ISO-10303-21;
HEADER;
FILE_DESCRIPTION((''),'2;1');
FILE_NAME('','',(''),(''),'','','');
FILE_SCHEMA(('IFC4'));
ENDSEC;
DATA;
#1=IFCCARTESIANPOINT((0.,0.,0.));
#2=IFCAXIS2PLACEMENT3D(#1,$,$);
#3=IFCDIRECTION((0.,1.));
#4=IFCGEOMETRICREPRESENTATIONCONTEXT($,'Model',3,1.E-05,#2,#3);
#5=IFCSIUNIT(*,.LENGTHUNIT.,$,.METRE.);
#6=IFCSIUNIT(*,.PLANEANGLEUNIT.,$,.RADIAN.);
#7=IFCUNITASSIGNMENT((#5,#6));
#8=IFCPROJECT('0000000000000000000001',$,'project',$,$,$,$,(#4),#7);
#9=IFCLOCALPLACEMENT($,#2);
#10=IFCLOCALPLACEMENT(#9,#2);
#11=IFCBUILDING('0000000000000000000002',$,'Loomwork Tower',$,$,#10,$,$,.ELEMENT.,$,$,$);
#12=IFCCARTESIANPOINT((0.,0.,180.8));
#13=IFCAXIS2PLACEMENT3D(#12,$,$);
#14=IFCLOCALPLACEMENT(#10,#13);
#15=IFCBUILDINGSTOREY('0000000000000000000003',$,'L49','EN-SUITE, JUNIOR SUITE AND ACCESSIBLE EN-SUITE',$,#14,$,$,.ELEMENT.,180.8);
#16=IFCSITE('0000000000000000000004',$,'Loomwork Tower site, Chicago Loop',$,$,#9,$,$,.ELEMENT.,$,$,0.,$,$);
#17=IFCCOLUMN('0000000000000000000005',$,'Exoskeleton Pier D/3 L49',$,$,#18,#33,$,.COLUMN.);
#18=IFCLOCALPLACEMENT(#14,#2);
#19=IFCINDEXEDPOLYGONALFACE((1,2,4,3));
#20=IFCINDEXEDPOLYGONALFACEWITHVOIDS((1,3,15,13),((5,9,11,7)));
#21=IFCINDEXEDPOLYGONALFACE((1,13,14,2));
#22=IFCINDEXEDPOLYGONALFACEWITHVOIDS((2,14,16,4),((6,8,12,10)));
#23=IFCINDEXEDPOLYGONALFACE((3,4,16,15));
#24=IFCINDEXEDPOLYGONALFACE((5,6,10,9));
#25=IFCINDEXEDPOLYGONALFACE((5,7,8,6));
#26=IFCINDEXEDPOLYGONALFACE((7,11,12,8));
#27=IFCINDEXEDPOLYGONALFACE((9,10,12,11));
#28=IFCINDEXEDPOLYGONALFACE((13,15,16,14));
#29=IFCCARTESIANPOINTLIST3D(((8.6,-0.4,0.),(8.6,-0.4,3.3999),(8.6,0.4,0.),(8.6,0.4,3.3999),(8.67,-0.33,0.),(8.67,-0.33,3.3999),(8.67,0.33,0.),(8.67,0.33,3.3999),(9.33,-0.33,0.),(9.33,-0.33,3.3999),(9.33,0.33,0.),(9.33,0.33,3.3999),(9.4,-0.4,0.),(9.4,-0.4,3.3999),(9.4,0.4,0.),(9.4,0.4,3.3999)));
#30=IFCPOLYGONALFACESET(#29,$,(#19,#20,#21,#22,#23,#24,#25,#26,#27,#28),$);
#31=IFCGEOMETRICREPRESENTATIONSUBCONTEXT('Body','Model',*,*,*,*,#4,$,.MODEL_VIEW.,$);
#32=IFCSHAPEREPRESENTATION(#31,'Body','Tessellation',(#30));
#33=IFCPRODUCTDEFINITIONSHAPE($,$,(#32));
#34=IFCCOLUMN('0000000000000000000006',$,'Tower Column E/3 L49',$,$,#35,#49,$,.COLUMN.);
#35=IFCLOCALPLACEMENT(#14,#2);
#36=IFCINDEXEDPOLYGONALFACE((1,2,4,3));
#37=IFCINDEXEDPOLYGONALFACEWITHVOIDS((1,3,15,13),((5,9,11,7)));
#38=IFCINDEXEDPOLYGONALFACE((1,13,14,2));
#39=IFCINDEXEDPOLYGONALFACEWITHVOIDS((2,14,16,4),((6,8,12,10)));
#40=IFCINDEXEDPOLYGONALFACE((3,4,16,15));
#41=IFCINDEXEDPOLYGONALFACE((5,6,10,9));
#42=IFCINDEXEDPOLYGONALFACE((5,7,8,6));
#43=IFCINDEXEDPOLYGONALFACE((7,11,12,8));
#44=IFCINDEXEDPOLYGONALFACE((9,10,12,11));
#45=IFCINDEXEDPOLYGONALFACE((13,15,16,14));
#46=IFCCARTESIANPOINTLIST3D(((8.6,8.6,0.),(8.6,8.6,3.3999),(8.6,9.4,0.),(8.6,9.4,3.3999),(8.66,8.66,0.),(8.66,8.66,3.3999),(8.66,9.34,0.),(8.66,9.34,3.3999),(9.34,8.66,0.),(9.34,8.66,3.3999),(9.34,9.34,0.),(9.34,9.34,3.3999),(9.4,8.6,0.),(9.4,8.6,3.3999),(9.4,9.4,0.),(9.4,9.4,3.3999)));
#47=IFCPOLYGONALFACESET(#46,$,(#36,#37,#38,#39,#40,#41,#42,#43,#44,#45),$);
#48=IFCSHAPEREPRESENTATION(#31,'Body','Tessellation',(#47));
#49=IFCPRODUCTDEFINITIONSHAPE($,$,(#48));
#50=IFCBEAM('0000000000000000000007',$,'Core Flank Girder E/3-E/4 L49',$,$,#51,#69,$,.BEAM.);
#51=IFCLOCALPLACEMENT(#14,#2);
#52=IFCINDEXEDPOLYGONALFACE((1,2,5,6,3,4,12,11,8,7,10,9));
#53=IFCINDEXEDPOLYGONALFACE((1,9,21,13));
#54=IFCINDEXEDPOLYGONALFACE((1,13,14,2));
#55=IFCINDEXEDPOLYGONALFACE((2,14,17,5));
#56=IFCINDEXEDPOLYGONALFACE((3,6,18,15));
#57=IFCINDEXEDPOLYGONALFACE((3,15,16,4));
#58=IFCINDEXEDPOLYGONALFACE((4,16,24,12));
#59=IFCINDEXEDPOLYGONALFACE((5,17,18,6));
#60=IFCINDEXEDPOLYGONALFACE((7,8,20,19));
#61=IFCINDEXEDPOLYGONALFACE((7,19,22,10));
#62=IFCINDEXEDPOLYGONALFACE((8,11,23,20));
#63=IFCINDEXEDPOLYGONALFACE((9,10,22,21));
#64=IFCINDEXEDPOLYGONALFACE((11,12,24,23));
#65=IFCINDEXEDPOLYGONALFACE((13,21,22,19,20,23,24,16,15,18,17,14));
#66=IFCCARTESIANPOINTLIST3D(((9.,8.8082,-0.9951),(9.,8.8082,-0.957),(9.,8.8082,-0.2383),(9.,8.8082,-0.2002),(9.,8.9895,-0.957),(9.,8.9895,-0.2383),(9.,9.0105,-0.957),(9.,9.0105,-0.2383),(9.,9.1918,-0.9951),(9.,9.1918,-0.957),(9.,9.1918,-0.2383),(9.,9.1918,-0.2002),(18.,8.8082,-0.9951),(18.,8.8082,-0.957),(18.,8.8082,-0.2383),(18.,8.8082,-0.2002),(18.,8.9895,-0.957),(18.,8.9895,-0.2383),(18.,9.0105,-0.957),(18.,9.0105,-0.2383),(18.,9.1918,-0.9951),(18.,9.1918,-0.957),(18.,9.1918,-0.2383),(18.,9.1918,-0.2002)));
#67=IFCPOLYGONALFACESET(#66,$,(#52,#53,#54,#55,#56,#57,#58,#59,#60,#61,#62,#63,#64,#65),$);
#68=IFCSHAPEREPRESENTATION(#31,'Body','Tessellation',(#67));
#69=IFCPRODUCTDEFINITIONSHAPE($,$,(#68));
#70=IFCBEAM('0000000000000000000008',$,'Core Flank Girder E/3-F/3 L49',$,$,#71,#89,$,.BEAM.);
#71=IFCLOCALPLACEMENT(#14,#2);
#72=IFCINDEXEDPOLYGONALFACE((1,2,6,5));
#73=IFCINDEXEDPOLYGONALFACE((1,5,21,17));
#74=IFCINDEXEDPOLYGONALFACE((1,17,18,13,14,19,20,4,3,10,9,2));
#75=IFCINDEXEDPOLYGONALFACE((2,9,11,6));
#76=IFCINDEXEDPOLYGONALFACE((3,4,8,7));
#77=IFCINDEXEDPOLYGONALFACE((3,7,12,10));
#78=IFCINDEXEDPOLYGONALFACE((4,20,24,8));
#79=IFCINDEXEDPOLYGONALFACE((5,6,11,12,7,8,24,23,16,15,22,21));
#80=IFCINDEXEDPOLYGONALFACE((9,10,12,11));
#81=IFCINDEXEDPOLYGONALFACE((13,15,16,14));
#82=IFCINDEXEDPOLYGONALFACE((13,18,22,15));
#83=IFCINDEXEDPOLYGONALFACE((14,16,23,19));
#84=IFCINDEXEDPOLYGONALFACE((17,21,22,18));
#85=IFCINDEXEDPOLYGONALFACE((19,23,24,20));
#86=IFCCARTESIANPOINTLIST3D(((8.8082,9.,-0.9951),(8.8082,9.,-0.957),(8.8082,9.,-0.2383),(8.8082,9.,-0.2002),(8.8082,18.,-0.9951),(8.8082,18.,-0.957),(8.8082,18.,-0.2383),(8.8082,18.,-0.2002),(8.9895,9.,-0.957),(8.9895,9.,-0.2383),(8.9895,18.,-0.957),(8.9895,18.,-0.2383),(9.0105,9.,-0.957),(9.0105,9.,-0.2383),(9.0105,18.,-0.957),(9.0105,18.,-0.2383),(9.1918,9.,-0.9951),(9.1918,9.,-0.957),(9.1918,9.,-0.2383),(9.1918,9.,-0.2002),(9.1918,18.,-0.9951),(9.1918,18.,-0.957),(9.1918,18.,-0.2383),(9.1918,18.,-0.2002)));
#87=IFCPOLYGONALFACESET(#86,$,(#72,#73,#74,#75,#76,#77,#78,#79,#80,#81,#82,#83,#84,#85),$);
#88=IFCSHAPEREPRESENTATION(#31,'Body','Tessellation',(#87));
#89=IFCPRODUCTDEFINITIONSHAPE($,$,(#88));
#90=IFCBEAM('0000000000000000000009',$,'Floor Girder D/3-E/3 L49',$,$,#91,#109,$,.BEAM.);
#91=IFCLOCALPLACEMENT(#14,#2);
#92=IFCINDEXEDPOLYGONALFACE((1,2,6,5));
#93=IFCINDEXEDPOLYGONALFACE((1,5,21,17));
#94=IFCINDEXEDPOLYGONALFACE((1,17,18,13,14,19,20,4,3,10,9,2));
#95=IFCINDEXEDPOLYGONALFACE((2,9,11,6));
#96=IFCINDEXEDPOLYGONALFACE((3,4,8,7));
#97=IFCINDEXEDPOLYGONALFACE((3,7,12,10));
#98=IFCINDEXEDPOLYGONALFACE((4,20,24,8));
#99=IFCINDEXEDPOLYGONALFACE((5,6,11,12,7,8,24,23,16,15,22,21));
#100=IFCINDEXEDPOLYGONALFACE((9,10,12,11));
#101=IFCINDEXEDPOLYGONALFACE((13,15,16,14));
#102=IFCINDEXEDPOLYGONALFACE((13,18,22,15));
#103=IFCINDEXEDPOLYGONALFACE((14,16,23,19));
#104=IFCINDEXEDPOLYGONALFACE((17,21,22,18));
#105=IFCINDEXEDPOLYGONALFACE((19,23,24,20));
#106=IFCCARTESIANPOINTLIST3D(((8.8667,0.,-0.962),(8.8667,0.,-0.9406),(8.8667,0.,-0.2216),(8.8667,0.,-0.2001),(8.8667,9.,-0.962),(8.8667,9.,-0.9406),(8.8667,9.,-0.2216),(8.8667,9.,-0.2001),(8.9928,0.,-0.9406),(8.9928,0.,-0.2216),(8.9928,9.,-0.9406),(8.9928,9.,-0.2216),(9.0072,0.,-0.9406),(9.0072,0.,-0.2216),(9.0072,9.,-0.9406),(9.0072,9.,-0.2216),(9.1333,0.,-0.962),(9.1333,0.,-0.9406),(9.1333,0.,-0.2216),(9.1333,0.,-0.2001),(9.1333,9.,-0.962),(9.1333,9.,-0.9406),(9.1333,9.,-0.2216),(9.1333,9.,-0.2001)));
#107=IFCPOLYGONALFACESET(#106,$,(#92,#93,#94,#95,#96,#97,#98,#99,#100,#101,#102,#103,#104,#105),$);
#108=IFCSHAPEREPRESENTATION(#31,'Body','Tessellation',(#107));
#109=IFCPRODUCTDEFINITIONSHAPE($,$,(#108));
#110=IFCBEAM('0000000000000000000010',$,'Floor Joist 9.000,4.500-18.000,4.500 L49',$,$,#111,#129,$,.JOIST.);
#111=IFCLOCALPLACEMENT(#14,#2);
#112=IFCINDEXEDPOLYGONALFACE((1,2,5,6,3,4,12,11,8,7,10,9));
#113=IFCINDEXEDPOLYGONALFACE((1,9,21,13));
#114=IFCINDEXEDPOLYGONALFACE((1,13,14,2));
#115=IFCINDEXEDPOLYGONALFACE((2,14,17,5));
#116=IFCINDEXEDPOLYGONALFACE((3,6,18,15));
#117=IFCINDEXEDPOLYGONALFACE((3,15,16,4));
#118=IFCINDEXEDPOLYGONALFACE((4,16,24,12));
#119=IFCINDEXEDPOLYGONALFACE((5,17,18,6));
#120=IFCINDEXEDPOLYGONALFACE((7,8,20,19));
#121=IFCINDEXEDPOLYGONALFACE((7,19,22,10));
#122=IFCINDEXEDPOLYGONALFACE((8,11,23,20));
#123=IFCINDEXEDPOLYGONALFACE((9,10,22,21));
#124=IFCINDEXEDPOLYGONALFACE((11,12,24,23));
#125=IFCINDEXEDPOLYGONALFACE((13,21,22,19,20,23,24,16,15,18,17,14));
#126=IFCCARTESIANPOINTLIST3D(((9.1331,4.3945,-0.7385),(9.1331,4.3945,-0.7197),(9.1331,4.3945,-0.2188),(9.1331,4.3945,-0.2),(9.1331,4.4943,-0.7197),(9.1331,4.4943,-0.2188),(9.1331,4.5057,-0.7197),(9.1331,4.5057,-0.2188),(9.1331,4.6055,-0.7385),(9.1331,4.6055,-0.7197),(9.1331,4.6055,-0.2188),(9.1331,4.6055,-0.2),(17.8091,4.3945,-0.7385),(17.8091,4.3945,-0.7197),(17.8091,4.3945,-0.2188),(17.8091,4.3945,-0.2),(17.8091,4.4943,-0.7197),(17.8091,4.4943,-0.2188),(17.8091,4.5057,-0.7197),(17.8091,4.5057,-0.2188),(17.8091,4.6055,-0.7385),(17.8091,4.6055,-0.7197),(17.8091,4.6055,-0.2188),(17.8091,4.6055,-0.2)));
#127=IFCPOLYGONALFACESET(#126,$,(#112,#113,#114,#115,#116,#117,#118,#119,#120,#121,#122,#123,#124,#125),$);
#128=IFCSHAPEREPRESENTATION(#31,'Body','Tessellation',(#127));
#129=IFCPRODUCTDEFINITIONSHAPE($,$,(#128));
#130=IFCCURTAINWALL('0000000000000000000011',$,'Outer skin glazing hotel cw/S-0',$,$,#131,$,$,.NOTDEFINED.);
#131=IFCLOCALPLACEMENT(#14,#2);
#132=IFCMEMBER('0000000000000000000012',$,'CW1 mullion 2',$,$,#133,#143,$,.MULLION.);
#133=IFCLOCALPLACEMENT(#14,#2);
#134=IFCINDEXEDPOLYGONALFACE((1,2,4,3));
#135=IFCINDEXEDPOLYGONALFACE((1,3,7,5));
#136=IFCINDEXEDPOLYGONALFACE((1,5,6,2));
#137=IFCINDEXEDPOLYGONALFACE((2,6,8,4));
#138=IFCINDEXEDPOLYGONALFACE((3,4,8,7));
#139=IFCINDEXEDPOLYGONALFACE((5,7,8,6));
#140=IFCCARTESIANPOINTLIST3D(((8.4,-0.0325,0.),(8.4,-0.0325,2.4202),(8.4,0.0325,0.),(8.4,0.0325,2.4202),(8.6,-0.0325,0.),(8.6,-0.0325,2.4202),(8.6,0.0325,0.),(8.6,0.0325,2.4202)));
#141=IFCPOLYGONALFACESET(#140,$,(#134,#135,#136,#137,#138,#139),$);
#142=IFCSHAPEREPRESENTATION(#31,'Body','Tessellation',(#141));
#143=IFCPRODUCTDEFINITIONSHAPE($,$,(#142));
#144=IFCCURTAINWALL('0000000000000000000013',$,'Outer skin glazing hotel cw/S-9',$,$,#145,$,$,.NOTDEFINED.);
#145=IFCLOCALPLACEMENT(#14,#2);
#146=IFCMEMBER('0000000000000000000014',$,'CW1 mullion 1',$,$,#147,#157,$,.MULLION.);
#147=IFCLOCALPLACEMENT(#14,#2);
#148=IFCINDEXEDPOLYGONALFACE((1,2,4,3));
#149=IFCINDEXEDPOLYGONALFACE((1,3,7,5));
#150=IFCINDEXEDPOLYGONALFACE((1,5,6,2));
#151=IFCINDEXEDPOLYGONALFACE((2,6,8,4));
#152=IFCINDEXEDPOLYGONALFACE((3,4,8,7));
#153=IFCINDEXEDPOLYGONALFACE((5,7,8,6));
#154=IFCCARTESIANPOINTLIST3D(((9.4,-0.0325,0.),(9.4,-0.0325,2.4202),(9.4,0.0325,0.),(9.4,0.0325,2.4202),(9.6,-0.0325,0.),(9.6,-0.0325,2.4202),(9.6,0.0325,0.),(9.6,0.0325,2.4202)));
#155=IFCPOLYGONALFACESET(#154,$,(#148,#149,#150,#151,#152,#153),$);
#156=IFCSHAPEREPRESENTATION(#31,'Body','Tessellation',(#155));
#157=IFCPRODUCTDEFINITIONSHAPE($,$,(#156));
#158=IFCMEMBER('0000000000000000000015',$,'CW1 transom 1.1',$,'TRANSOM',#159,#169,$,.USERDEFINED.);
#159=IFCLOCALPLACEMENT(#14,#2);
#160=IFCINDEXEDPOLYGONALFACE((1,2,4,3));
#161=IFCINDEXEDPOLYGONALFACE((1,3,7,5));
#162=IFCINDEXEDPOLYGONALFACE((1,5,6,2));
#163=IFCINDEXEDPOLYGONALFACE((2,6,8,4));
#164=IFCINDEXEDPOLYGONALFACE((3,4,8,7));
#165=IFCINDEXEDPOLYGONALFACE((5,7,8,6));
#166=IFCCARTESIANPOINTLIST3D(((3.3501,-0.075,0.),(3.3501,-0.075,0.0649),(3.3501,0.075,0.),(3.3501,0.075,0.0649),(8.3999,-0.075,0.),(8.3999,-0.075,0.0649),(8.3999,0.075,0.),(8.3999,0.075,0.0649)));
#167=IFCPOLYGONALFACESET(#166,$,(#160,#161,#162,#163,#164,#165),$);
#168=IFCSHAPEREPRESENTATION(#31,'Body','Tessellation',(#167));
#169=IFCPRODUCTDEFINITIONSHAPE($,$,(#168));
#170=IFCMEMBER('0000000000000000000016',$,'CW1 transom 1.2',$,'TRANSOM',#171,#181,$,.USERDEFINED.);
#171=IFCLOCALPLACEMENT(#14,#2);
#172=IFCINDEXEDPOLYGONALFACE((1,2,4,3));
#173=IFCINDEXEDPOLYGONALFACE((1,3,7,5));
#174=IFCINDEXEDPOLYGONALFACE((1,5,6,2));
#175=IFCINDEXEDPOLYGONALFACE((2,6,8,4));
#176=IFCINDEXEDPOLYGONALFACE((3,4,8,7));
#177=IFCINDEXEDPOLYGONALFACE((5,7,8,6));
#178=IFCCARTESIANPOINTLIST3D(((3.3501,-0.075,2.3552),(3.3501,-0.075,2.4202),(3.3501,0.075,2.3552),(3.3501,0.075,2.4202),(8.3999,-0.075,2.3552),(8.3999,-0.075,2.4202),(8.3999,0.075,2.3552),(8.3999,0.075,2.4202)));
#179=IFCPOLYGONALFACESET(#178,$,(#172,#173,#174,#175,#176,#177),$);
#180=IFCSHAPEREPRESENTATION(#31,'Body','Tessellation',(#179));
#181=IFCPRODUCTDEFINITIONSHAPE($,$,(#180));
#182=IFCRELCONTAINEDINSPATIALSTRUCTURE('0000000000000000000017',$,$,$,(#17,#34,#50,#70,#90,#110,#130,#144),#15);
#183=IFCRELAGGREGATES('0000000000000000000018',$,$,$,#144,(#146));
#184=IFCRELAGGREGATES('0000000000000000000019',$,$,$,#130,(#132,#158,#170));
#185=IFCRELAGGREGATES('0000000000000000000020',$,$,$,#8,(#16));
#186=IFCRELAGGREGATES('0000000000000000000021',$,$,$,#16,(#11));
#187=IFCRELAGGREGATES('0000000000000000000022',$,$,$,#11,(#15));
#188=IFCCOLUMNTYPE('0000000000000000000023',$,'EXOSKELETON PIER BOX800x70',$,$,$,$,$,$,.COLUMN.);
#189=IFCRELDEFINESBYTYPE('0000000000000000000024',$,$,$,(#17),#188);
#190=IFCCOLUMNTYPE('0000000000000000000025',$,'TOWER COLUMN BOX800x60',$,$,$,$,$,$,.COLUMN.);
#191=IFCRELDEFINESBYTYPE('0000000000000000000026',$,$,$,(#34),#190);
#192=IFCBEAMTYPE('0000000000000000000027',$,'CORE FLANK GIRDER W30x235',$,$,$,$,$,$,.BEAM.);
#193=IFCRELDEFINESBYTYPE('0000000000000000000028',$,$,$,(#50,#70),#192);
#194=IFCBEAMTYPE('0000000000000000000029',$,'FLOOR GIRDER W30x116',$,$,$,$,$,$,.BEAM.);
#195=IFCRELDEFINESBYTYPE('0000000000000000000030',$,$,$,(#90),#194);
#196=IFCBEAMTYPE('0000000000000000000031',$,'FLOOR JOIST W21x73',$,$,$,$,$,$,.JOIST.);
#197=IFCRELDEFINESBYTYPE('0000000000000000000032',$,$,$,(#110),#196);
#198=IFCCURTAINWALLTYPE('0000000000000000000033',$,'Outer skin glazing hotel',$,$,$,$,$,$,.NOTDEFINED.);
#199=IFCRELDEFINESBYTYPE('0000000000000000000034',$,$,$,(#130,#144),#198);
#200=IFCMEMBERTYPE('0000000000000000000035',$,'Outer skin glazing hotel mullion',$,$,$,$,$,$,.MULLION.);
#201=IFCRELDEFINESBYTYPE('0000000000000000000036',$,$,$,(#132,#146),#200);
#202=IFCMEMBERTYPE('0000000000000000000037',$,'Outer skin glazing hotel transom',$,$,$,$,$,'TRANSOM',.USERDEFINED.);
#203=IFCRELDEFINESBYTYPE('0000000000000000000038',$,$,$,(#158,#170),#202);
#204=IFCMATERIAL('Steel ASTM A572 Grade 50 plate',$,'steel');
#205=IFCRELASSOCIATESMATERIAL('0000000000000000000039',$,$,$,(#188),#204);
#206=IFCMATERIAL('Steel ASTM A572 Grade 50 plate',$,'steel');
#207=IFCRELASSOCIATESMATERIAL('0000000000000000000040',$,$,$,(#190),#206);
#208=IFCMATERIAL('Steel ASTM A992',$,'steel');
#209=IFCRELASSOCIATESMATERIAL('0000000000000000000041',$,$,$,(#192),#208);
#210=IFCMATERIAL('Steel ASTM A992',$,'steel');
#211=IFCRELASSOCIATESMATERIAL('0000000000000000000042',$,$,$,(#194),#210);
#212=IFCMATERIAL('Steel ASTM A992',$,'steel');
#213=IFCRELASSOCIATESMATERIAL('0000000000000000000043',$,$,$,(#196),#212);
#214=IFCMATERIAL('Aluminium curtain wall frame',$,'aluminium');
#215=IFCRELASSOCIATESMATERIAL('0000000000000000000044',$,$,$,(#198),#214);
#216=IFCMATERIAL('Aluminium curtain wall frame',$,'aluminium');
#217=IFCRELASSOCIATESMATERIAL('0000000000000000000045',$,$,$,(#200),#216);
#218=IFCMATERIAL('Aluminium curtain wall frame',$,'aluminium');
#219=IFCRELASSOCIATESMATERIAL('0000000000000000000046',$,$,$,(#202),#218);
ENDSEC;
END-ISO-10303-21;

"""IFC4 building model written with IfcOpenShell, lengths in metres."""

from ifc_helpers import new_model, si_unit, direction, frame, origin, origin_2d, place, context, subcontext, project, spatial, rectangle, hollow_rectangle, i_section, extrude, material, material_profile, profile_set, type_object, element, aggregate, save


model = new_model("IFC4")

# Units and contexts
model_context = context("Model", 3, precision=1e-05, world=origin(), true_north=direction((0.0, 1.0)))
body_context = subcontext(model_context, "Body", "Model", "MODEL_VIEW")
ifc_project = project(units=[si_unit("LENGTHUNIT", "METRE"), si_unit("PLANEANGLEUNIT", "RADIAN")], contexts=[model_context])

# Site, building, storey
site_placement = place(None, origin())
site = spatial("IfcSite", under=ifc_project, at=site_placement, Name="Loomwork Tower site, Chicago Loop", CompositionType="ELEMENT", RefElevation=0.0)
building_placement = place(site_placement, origin())
building = spatial("IfcBuilding", under=site, at=building_placement, Name="Loomwork Tower", CompositionType="ELEMENT")
storey_placement = place(building_placement, frame((0.0, 0.0, 180.8)))
storey = spatial("IfcBuildingStorey", under=building, at=storey_placement, Name="L49", Description="EN-SUITE, JUNIOR SUITE AND ACCESSIBLE EN-SUITE", CompositionType="ELEMENT", Elevation=180.8)

# Columns
ifc_material_1 = material(Name="Steel ASTM A572 Grade 50 plate", Category="steel")
ifc_material_profile_1 = material_profile(ifc_material_1, hollow_rectangle(XDim=0.8, YDim=0.8, WallThickness=0.0701, at=origin_2d()), Name="BOX800x70")
ifc_profile_set_1 = profile_set([ifc_material_profile_1], Name="Steel ASTM A572 Grade 50 plate")
column_type_1 = type_object("IfcColumnType", Name="EXOSKELETON PIER BOX800x70", PredefinedType="COLUMN", material=ifc_profile_set_1)
column_1_placement = place(storey_placement, frame((9.0, 0.0, 0.0), z_axis=(0.0, 0.0, 1.0), x_axis=(1.0, 0.0, 0.0)))
element("IfcColumn", 1, at=column_1_placement, inside=storey, type_object=column_type_1, Name="Exoskeleton Pier D/3 L49", PredefinedType="COLUMN", context=body_context, shape_type="SweptSolid", body=[
    extrude(hollow_rectangle(XDim=0.8, YDim=0.8, WallThickness=0.0701, at=origin_2d()), origin(), (0.0, 0.0, 1.0), 3.3999),
])
ifc_material_2 = material(Name="Steel ASTM A572 Grade 50 plate", Category="steel")
ifc_material_profile_2 = material_profile(ifc_material_2, hollow_rectangle(XDim=0.8, YDim=0.8, WallThickness=0.0601, at=origin_2d()), Name="BOX800x60")
ifc_profile_set_2 = profile_set([ifc_material_profile_2], Name="Steel ASTM A572 Grade 50 plate")
column_type_2 = type_object("IfcColumnType", Name="TOWER COLUMN BOX800x60", PredefinedType="COLUMN", material=ifc_profile_set_2)
column_2_placement = place(storey_placement, frame((9.0, 9.0, 0.0), z_axis=(0.0, 0.0, 1.0), x_axis=(1.0, 0.0, 0.0)))
element("IfcColumn", 2, at=column_2_placement, inside=storey, type_object=column_type_2, Name="Tower Column E/3 L49", PredefinedType="COLUMN", context=body_context, shape_type="SweptSolid", body=[
    extrude(hollow_rectangle(XDim=0.8, YDim=0.8, WallThickness=0.0601, at=origin_2d()), origin(), (0.0, 0.0, 1.0), 3.3999),
])

# Beams
ifc_material_3 = material(Name="Steel ASTM A992", Category="steel")
ifc_material_profile_3 = material_profile(ifc_material_3, i_section(OverallWidth=0.3835, OverallDepth=0.7949, WebThickness=0.021, FlangeThickness=0.0381, at=origin_2d()), Name="W30x235")
ifc_profile_set_3 = profile_set([ifc_material_profile_3], Name="Steel ASTM A992")
beam_type_1 = type_object("IfcBeamType", Name="CORE FLANK GIRDER W30x235", PredefinedType="BEAM", material=ifc_profile_set_3)
for number, where, z_axis, x_axis, name in (
    (3, (9.0, 9.0, -0.5977), (1.0, 0.0, 0.0), (0.0, 1.0, 0.0), "Core Flank Girder E/3-E/4 L49"),
    (4, (9.0, 9.0, -0.5977), (0.0, 1.0, 0.0), (-1.0, 0.0, 0.0), "Core Flank Girder E/3-F/3 L49"),
):
    element("IfcBeam", number, at=place(storey_placement, frame(where, z_axis=z_axis, x_axis=x_axis)), inside=storey, type_object=beam_type_1, Name=name, PredefinedType="BEAM", context=body_context, shape_type="SweptSolid", body=[
        extrude(i_section(OverallWidth=0.3835, OverallDepth=0.7949, WebThickness=0.021, FlangeThickness=0.0381, at=origin_2d()), origin(), (0.0, 0.0, 1.0), 9.0),
    ])
ifc_material_4 = material(Name="Steel ASTM A992", Category="steel")
ifc_material_profile_4 = material_profile(ifc_material_4, i_section(OverallWidth=0.2666, OverallDepth=0.762, WebThickness=0.0144, FlangeThickness=0.0215, at=origin_2d()), Name="W30x116")
ifc_profile_set_4 = profile_set([ifc_material_profile_4], Name="Steel ASTM A992")
beam_type_2 = type_object("IfcBeamType", Name="FLOOR GIRDER W30x116", PredefinedType="BEAM", material=ifc_profile_set_4)
beam_1_placement = place(storey_placement, frame((9.0, 0.0, -0.5811), z_axis=(0.0, 1.0, 0.0), x_axis=(-1.0, 0.0, 0.0)))
element("IfcBeam", 5, at=beam_1_placement, inside=storey, type_object=beam_type_2, Name="Floor Girder D/3-E/3 L49", PredefinedType="BEAM", context=body_context, shape_type="SweptSolid", body=[
    extrude(i_section(OverallWidth=0.2666, OverallDepth=0.762, WebThickness=0.0144, FlangeThickness=0.0215, at=origin_2d()), origin(), (0.0, 0.0, 1.0), 9.0),
])
ifc_material_5 = material(Name="Steel ASTM A992", Category="steel")
ifc_material_profile_5 = material_profile(ifc_material_5, i_section(OverallWidth=0.2109, OverallDepth=0.5386, WebThickness=0.0115, FlangeThickness=0.0188, at=origin_2d()), Name="W21x73")
ifc_profile_set_5 = profile_set([ifc_material_profile_5], Name="Steel ASTM A992")
beam_type_3 = type_object("IfcBeamType", Name="FLOOR JOIST W21x73", PredefinedType="JOIST", material=ifc_profile_set_5)
beam_2_placement = place(storey_placement, frame((9.1331, 4.5, -0.4692), z_axis=(1.0, 0.0, 0.0), x_axis=(0.0, 1.0, 0.0)))
element("IfcBeam", 6, at=beam_2_placement, inside=storey, type_object=beam_type_3, Name="Floor Joist 9.000,4.500-18.000,4.500 L49", PredefinedType="JOIST", context=body_context, shape_type="SweptSolid", body=[
    extrude(i_section(OverallWidth=0.2109, OverallDepth=0.5386, WebThickness=0.0115, FlangeThickness=0.0188, at=origin_2d()), origin(), (0.0, 0.0, 1.0), 8.676),
])

# Curtain walls, members
ifc_material_6 = material(Name="Aluminium curtain wall frame", Category="aluminium")
curtain_wall_type = type_object("IfcCurtainWallType", Name="Outer skin glazing hotel", PredefinedType="NOTDEFINED", material=ifc_material_6)
curtain_wall_1_placement = place(storey_placement, origin())
curtain_wall_1 = element("IfcCurtainWall", 7, at=curtain_wall_1_placement, inside=storey, type_object=curtain_wall_type, Name="Outer skin glazing hotel cw/S-0", PredefinedType="NOTDEFINED")
ifc_material_7 = material(Name="Aluminium curtain wall frame", Category="aluminium")
ifc_material_profile_6 = material_profile(ifc_material_7, rectangle(XDim=0.0649, YDim=0.2, at=origin_2d()), Name="AL 65x200")
ifc_profile_set_6 = profile_set([ifc_material_profile_6], Name="Aluminium curtain wall frame")
member_type_1 = type_object("IfcMemberType", Name="Outer skin glazing hotel mullion", PredefinedType="MULLION", material=ifc_profile_set_6)
member_1_placement = place(storey_placement, frame((8.5, 0.0, 0.0), z_axis=(0.0, 0.0, 1.0), x_axis=(0.0, 1.0, 0.0)))
member_1 = element("IfcMember", 8, at=member_1_placement, type_object=member_type_1, Name="CW1 mullion 2", PredefinedType="MULLION", context=body_context, shape_type="SweptSolid", body=[
    extrude(rectangle(XDim=0.0649, YDim=0.2, at=origin_2d()), origin(), (0.0, 0.0, 1.0), 2.4202),
])
curtain_wall_2_placement = place(storey_placement, origin())
curtain_wall_2 = element("IfcCurtainWall", 9, at=curtain_wall_2_placement, inside=storey, type_object=curtain_wall_type, Name="Outer skin glazing hotel cw/S-9", PredefinedType="NOTDEFINED")
member_2_placement = place(storey_placement, frame((9.5, 0.0, 0.0), z_axis=(0.0, 0.0, 1.0), x_axis=(0.0, 1.0, 0.0)))
member_2 = element("IfcMember", 10, at=member_2_placement, type_object=member_type_1, Name="CW1 mullion 1", PredefinedType="MULLION", context=body_context, shape_type="SweptSolid", body=[
    extrude(rectangle(XDim=0.0649, YDim=0.2, at=origin_2d()), origin(), (0.0, 0.0, 1.0), 2.4202),
])
aggregate(curtain_wall_2, [member_2])

# Members
ifc_material_8 = material(Name="Aluminium curtain wall frame", Category="aluminium")
ifc_material_profile_7 = material_profile(ifc_material_8, rectangle(XDim=0.1499, YDim=0.0649, at=origin_2d()), Name="AL 65x150")
ifc_profile_set_7 = profile_set([ifc_material_profile_7], Name="Aluminium curtain wall frame")
member_type_2 = type_object("IfcMemberType", Name="Outer skin glazing hotel transom", ElementType="TRANSOM", PredefinedType="USERDEFINED", material=ifc_profile_set_7)
member_3_placement = place(storey_placement, frame((3.3501, 0.0, 0.0325), z_axis=(1.0, 0.0, 0.0), x_axis=(0.0, 1.0, 0.0)))
member_3 = element("IfcMember", 11, at=member_3_placement, type_object=member_type_2, Name="CW1 transom 1.1", ObjectType="TRANSOM", PredefinedType="USERDEFINED", context=body_context, shape_type="SweptSolid", body=[
    extrude(rectangle(XDim=0.1499, YDim=0.0649, at=origin_2d()), origin(), (0.0, 0.0, 1.0), 5.0498),
])
member_4_placement = place(storey_placement, frame((3.3501, 0.0, 2.3877), z_axis=(1.0, 0.0, 0.0), x_axis=(0.0, 1.0, 0.0)))
member_4 = element("IfcMember", 12, at=member_4_placement, type_object=member_type_2, Name="CW1 transom 1.2", ObjectType="TRANSOM", PredefinedType="USERDEFINED", context=body_context, shape_type="SweptSolid", body=[
    extrude(rectangle(XDim=0.1499, YDim=0.0649, at=origin_2d()), origin(), (0.0, 0.0, 1.0), 5.0498),
])

aggregate(curtain_wall_1, [member_1, member_3, member_4])

save(model, "model.ifc")
